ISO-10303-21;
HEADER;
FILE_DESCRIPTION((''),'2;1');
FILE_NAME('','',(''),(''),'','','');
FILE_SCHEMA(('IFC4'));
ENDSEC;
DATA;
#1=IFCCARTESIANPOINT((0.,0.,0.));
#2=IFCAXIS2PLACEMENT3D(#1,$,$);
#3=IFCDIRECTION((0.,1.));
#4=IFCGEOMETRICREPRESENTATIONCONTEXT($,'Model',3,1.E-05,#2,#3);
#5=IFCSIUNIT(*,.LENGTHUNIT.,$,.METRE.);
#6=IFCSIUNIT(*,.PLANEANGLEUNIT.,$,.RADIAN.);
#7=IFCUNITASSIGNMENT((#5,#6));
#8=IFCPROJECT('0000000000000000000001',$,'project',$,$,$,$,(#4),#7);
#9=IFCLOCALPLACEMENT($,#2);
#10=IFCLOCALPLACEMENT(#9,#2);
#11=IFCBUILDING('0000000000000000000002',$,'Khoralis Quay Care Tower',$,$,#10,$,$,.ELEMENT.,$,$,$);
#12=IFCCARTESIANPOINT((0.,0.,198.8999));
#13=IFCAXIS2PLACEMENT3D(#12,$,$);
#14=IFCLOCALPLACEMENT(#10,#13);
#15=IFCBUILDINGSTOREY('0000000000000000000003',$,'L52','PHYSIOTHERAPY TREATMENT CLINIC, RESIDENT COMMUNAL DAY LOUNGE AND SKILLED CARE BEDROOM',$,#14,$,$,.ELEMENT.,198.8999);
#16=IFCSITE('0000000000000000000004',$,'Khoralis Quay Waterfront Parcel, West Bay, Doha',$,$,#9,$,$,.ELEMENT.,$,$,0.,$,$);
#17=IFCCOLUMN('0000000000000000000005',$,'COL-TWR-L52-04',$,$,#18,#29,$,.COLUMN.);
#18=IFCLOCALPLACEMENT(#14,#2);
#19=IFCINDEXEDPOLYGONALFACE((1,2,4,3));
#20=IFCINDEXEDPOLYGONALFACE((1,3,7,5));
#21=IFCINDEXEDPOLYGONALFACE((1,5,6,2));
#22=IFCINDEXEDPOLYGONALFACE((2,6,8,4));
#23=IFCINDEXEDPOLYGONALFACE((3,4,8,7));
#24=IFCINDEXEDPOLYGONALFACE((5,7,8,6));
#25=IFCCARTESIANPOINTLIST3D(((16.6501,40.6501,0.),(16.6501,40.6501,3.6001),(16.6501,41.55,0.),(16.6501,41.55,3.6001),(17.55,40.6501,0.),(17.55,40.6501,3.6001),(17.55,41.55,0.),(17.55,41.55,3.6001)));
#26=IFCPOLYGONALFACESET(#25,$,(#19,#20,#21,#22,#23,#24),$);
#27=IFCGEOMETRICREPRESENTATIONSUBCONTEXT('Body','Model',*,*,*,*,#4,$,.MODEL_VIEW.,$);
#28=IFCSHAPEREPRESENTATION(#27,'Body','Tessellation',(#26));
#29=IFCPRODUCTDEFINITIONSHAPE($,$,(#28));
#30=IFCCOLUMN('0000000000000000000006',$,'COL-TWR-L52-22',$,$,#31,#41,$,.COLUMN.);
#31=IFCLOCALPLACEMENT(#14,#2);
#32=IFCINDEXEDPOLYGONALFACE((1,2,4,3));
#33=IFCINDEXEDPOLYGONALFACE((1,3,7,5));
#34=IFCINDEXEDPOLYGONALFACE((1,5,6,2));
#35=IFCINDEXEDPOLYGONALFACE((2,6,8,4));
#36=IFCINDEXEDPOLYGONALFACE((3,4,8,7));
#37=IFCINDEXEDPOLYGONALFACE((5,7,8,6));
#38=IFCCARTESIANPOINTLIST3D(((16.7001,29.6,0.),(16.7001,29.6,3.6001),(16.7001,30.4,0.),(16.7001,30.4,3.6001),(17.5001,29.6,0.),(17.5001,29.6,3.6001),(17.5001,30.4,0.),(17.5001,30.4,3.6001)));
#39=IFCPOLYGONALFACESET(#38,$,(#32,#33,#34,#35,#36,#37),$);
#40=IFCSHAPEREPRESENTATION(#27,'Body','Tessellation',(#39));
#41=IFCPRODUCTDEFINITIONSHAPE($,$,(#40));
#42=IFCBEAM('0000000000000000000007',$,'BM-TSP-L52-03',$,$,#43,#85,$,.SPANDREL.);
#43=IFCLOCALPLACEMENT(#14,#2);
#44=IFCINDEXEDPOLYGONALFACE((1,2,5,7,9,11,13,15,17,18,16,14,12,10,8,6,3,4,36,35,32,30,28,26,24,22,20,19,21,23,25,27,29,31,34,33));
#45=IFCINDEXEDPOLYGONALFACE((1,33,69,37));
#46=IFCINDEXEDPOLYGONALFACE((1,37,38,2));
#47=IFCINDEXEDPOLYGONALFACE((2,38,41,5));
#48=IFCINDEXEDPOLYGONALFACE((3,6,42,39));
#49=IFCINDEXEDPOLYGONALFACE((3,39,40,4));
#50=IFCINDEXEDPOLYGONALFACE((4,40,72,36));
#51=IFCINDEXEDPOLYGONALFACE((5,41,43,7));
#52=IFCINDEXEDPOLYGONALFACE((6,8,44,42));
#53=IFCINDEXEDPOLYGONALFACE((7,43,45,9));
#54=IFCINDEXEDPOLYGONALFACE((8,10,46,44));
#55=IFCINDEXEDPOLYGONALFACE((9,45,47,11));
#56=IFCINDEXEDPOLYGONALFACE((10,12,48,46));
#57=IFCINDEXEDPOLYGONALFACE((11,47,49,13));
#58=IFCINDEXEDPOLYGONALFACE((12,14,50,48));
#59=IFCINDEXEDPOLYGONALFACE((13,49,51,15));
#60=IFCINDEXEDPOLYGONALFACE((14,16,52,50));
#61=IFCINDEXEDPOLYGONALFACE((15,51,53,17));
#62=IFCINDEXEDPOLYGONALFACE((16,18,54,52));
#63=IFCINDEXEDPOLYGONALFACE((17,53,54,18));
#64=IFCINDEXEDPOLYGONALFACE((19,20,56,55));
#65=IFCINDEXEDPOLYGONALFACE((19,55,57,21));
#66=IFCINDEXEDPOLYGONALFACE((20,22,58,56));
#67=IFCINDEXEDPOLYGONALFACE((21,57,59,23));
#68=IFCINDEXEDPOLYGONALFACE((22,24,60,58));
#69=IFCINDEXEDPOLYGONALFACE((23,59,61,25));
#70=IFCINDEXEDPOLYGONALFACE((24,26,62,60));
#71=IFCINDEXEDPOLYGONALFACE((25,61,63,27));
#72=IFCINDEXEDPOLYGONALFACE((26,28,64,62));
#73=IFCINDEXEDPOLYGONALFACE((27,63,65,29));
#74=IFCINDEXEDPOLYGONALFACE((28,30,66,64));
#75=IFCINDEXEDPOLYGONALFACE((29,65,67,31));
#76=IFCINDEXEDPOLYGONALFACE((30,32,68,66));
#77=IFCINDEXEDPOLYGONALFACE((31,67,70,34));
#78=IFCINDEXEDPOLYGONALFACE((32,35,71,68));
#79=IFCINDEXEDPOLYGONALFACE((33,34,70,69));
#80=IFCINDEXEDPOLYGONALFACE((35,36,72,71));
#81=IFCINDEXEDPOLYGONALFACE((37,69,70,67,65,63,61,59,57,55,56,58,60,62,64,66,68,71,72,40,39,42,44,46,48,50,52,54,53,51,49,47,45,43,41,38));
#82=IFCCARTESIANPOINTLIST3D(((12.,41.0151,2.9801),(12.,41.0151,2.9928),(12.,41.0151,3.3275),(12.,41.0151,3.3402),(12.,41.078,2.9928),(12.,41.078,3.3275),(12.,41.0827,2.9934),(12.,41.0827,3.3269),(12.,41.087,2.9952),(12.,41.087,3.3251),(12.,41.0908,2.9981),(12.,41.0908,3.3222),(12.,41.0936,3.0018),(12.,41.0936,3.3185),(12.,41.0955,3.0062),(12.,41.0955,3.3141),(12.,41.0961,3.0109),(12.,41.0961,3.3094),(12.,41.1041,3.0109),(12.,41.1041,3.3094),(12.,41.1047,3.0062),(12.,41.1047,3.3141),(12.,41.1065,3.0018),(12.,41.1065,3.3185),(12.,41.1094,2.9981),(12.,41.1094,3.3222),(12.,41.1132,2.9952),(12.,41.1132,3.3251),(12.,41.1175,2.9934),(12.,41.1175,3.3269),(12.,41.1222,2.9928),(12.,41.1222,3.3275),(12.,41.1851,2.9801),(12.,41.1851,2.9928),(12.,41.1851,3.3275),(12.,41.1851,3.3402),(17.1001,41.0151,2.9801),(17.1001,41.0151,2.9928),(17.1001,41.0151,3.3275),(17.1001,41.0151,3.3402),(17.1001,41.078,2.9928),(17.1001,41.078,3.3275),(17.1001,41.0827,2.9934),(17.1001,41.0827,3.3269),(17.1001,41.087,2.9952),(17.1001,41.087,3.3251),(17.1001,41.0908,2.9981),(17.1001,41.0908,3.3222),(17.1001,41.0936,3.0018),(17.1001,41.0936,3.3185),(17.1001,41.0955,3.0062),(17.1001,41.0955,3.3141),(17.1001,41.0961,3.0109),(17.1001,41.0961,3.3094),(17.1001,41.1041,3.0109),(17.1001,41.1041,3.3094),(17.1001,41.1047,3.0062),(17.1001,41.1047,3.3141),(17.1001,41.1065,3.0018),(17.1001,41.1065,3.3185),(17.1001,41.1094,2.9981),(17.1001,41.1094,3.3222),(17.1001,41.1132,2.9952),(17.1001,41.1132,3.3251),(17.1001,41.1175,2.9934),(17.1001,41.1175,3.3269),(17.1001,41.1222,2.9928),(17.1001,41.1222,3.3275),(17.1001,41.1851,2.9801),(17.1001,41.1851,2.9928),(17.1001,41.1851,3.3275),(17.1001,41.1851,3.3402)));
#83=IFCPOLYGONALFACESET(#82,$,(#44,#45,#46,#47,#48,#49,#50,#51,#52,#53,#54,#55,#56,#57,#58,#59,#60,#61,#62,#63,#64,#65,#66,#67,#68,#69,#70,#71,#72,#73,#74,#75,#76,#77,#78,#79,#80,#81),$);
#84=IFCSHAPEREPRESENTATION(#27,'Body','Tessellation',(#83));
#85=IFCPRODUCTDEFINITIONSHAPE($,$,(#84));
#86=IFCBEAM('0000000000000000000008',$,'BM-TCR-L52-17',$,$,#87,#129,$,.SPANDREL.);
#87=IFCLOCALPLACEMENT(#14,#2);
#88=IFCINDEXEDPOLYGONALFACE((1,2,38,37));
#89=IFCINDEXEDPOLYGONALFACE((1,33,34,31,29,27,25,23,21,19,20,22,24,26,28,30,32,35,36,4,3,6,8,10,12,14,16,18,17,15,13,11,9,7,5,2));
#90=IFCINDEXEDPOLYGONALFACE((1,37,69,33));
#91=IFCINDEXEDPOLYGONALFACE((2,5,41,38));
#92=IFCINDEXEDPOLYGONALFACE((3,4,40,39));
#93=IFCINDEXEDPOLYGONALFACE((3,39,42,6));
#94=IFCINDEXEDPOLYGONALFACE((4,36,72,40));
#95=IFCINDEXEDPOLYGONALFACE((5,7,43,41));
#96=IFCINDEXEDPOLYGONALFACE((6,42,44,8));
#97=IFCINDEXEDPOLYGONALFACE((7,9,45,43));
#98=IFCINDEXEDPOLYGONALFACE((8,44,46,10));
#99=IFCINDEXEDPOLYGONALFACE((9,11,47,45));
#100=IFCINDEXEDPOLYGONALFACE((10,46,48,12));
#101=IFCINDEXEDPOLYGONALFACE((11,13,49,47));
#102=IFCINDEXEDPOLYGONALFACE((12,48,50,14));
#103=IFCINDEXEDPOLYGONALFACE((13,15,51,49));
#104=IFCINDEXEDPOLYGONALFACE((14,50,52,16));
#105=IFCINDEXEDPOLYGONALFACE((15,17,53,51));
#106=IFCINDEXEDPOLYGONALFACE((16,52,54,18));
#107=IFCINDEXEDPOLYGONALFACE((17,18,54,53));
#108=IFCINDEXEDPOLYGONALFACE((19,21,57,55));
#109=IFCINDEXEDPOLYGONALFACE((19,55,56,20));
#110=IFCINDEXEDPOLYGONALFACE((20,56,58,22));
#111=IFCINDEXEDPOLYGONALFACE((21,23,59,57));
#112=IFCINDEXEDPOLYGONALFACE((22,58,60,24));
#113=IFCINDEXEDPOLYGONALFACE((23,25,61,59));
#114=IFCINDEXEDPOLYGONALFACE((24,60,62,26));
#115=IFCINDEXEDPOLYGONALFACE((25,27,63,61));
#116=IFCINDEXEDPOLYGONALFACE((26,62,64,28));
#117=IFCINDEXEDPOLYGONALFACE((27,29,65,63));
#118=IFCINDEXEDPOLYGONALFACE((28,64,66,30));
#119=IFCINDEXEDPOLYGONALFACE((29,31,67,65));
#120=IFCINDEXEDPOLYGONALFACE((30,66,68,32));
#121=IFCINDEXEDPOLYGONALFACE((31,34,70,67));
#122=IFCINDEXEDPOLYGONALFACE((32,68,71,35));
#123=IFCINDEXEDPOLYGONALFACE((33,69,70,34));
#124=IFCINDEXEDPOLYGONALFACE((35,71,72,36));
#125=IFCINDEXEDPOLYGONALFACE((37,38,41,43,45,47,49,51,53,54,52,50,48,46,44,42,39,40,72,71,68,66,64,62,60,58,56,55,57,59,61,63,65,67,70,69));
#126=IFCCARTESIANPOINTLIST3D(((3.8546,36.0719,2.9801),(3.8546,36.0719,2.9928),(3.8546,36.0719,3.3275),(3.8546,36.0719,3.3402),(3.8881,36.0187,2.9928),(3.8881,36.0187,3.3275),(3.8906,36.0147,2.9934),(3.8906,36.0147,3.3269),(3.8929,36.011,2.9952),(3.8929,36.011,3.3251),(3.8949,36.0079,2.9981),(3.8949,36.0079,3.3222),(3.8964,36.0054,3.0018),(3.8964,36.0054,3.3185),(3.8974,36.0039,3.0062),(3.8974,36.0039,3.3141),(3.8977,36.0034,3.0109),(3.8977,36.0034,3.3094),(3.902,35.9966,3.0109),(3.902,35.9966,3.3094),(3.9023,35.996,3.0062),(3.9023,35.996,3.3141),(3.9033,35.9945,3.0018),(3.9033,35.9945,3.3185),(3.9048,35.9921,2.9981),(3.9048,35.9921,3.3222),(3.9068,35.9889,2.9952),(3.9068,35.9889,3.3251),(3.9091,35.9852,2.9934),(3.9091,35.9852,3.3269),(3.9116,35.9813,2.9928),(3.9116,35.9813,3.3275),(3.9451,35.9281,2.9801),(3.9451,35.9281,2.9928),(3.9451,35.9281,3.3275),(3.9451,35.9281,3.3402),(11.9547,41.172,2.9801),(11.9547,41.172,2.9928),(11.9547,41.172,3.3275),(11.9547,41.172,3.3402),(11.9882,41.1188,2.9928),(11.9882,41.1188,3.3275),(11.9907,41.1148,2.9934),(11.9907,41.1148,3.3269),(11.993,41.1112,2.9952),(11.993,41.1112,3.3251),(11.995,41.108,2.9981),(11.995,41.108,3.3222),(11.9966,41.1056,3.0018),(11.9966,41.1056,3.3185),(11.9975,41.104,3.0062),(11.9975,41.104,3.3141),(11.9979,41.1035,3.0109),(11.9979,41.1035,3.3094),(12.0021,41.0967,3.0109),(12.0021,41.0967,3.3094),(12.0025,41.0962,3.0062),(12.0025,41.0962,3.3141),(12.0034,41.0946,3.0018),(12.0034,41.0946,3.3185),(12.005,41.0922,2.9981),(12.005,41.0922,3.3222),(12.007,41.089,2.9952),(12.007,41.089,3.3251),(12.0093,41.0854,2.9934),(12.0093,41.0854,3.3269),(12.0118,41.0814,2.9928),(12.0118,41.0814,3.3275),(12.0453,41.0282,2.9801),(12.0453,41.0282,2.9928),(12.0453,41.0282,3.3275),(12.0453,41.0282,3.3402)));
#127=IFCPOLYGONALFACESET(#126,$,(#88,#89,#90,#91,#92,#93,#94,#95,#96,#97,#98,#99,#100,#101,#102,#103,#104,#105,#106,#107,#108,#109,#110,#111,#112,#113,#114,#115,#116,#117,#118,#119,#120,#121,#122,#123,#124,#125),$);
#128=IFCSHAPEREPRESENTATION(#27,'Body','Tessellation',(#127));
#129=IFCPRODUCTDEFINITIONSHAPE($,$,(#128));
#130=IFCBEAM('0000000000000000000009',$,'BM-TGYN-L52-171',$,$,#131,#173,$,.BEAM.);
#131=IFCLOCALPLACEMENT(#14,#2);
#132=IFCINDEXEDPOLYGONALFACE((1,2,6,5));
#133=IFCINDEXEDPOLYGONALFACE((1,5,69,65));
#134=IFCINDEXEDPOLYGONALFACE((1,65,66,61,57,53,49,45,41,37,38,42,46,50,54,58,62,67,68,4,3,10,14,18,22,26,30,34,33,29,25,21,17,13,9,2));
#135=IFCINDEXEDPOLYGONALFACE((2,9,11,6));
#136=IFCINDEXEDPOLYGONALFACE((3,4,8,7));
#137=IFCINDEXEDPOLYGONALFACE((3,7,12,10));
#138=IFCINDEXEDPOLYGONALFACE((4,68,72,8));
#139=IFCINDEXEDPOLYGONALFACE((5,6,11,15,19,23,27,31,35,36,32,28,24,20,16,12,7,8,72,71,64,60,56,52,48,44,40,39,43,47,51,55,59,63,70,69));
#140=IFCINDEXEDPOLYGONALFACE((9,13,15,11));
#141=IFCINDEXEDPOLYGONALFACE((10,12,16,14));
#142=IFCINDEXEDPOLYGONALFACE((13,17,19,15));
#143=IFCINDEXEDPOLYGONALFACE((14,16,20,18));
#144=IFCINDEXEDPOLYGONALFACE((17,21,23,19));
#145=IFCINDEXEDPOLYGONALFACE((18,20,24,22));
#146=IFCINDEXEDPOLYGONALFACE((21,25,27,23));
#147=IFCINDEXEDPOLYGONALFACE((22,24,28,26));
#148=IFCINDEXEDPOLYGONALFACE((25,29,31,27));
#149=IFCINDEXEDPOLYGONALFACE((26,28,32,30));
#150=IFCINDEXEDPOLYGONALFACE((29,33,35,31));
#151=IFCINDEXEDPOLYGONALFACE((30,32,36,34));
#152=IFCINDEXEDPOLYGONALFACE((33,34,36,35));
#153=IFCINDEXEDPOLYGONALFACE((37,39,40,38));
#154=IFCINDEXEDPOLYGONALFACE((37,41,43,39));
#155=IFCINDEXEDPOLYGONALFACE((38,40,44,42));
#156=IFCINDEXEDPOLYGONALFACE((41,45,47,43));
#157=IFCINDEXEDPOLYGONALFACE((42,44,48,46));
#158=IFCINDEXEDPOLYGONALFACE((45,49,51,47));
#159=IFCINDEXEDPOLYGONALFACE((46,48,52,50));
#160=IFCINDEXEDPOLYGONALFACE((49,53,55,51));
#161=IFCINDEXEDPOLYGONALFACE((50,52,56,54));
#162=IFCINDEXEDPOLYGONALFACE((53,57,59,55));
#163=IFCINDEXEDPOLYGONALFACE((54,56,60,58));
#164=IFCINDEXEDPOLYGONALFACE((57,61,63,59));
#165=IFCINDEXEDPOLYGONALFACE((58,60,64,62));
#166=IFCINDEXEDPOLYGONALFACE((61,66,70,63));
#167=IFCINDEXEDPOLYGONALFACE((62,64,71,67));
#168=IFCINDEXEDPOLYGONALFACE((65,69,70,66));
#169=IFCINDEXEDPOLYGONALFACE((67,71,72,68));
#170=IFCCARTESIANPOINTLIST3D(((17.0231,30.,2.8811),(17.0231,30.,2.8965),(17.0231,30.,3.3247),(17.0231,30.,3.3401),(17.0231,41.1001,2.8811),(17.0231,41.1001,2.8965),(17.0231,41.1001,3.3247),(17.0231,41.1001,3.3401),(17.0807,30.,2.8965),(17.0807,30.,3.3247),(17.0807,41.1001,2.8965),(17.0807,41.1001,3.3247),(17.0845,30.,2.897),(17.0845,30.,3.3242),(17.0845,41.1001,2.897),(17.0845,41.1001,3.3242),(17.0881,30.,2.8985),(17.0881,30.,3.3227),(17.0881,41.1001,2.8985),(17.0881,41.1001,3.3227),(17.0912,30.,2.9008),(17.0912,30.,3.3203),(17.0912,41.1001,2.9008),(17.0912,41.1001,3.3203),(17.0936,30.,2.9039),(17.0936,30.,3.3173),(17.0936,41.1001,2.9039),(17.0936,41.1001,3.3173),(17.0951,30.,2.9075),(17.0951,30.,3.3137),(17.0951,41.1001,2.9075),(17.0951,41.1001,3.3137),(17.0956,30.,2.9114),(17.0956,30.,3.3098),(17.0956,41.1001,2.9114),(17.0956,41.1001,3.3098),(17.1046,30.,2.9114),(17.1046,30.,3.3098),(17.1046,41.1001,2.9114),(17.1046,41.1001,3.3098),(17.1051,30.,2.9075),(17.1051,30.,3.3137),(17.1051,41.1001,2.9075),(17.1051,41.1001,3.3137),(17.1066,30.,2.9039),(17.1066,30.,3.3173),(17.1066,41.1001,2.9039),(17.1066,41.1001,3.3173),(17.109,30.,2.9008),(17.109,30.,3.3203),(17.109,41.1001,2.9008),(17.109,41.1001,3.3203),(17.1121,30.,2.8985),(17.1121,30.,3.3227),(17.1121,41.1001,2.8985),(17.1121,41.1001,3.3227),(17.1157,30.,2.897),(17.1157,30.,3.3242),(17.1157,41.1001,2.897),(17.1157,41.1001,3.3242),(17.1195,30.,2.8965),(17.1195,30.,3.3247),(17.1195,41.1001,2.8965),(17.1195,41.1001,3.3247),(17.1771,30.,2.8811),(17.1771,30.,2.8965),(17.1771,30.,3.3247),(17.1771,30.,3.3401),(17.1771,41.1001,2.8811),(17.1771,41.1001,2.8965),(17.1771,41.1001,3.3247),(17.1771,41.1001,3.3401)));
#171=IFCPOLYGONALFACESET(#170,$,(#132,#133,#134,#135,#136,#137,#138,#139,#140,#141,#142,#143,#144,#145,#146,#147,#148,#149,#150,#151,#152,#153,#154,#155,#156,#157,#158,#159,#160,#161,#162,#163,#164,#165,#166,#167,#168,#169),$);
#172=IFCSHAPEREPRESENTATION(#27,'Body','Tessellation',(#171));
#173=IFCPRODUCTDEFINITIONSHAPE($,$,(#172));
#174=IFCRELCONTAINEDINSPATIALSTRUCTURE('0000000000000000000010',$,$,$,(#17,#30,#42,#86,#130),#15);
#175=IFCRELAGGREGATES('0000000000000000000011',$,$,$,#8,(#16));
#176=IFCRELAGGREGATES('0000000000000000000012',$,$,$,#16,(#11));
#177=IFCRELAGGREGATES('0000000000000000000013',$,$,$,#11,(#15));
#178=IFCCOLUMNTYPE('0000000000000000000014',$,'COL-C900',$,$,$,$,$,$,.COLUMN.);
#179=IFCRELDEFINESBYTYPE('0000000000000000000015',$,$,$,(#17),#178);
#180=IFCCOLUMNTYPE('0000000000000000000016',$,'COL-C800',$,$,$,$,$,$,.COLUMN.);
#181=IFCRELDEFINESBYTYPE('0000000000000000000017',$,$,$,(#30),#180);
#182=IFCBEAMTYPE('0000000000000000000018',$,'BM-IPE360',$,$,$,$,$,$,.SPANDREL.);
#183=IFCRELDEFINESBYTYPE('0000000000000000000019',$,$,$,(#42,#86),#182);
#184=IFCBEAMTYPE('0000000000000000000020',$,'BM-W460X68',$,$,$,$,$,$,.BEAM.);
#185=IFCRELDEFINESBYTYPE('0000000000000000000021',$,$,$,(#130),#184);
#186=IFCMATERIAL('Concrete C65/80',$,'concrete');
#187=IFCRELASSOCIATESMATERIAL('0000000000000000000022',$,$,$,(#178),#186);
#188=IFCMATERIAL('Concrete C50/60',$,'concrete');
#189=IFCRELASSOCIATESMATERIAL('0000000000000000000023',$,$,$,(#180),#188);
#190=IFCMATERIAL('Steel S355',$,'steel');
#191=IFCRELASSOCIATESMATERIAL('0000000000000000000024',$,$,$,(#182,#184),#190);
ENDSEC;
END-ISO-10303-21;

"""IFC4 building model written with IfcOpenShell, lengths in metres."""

from ifc_helpers import new_model, si_unit, direction, frame, origin, origin_2d, place, context, subcontext, project, spatial, rectangle, i_section, extrude, source, transform, mapped, material, material_profile, profile_set, type_object, element, save


model = new_model("IFC4")

# Units and contexts
model_context = context("Model", 3, precision=1e-05, world=origin(), true_north=direction((0.0, 1.0)))
body_context = subcontext(model_context, "Body", "Model", "MODEL_VIEW")
ifc_project = project(units=[si_unit("LENGTHUNIT", "METRE"), si_unit("PLANEANGLEUNIT", "RADIAN")], contexts=[model_context])

# Site, building, storey
site_placement = place(None, origin())
site = spatial("IfcSite", under=ifc_project, at=site_placement, Name="Khoralis Quay Waterfront Parcel, West Bay, Doha", CompositionType="ELEMENT", RefElevation=0.0)
building_placement = place(site_placement, origin())
building = spatial("IfcBuilding", under=site, at=building_placement, Name="Khoralis Quay Care Tower", CompositionType="ELEMENT")
storey_placement = place(building_placement, frame((0.0, 0.0, 198.8999)))
storey = spatial("IfcBuildingStorey", under=building, at=storey_placement, Name="L52", Description="PHYSIOTHERAPY TREATMENT CLINIC, RESIDENT COMMUNAL DAY LOUNGE AND SKILLED CARE BEDROOM", CompositionType="ELEMENT", Elevation=198.8999)

# Columns
ifc_material_1 = material(Name="Concrete C65/80", Category="concrete")
ifc_material_profile_1 = material_profile(ifc_material_1, rectangle(XDim=0.8999, YDim=0.8999, at=origin_2d()), Name="Concrete C65/80")
ifc_profile_set_1 = profile_set([ifc_material_profile_1], Name="Concrete C65/80")
column_type_1 = type_object("IfcColumnType", Name="COL-C900", PredefinedType="COLUMN", material=ifc_profile_set_1)
shared_shape_1 = source(origin(), body_context, "Body", "SweptSolid", [
    extrude(rectangle(XDim=0.8999, YDim=0.8999, at=origin_2d()), origin(), (0.0, 0.0, 1.0), 3.6001),
])
column_1_placement = place(storey_placement, frame((17.1001, 41.1001, 0.0), z_axis=(0.0, 0.0, 1.0), x_axis=(1.0, 0.0, 0.0)))
element("IfcColumn", 1, at=column_1_placement, inside=storey, type_object=column_type_1, Name="COL-TWR-L52-04", PredefinedType="COLUMN", context=body_context, shape_type="MappedRepresentation", body=[
    mapped(shared_shape_1, transform((0.0, 0.0, 0.0), scale=1.0)),
])
ifc_material_2 = material(Name="Concrete C50/60", Category="concrete")
ifc_material_profile_2 = material_profile(ifc_material_2, rectangle(XDim=0.8, YDim=0.8, at=origin_2d()), Name="Concrete C50/60")
ifc_profile_set_2 = profile_set([ifc_material_profile_2], Name="Concrete C50/60")
column_type_2 = type_object("IfcColumnType", Name="COL-C800", PredefinedType="COLUMN", material=ifc_profile_set_2)
shared_shape_2 = source(origin(), body_context, "Body", "SweptSolid", [
    extrude(rectangle(XDim=0.8, YDim=0.8, at=origin_2d()), origin(), (0.0, 0.0, 1.0), 3.6001),
])
column_2_placement = place(storey_placement, frame((17.1001, 30.0, 0.0), z_axis=(0.0, 0.0, 1.0), x_axis=(1.0, 0.0, 0.0)))
element("IfcColumn", 2, at=column_2_placement, inside=storey, type_object=column_type_2, Name="COL-TWR-L52-22", PredefinedType="COLUMN", context=body_context, shape_type="MappedRepresentation", body=[
    mapped(shared_shape_2, transform((0.0, 0.0, 0.0), scale=1.0)),
])

# Beams
ifc_material_3 = material(Name="Steel S355", Category="steel")
ifc_material_profile_3 = material_profile(ifc_material_3, i_section(OverallWidth=0.1699, OverallDepth=0.3601, WebThickness=0.0081, FlangeThickness=0.0127, FilletRadius=0.0181, at=origin_2d()), Name="Steel S355")
ifc_profile_set_3 = profile_set([ifc_material_profile_3], Name="Steel S355")
beam_type_1 = type_object("IfcBeamType", Name="BM-IPE360", PredefinedType="SPANDREL", material=ifc_profile_set_3)
shared_shape_3 = source(origin(), body_context, "Body", "SweptSolid", [
    extrude(i_section(OverallWidth=0.1699, OverallDepth=0.3601, WebThickness=0.0081, FlangeThickness=0.0127, FilletRadius=0.0181, at=origin_2d()), origin(), (0.0, 0.0, 1.0), 5.1001),
])
beam_1_placement = place(storey_placement, frame((12.0, 41.1001, 3.1602), z_axis=(1.0, 0.0, 0.0), x_axis=(0.0, 1.0, 0.0)))
element("IfcBeam", 3, at=beam_1_placement, inside=storey, type_object=beam_type_1, Name="BM-TSP-L52-03", PredefinedType="SPANDREL", context=body_context, shape_type="MappedRepresentation", body=[
    mapped(shared_shape_3, transform((0.0, 0.0, 0.0), scale=1.0)),
])
shared_shape_4 = source(origin(), body_context, "Body", "SweptSolid", [
    extrude(i_section(OverallWidth=0.1699, OverallDepth=0.3601, WebThickness=0.0081, FlangeThickness=0.0127, FilletRadius=0.0181, at=origin_2d()), origin(), (0.0, 0.0, 1.0), 9.572),
])
beam_2_placement = place(storey_placement, frame((12.0, 41.1001, 3.1602), z_axis=(-0.846231, -0.532816, 0.0), x_axis=(0.532816, -0.846231, 0.0)))
element("IfcBeam", 4, at=beam_2_placement, inside=storey, type_object=beam_type_1, Name="BM-TCR-L52-17", PredefinedType="SPANDREL", context=body_context, shape_type="MappedRepresentation", body=[
    mapped(shared_shape_4, transform((0.0, 0.0, 0.0), scale=1.0)),
])
ifc_material_profile_4 = material_profile(ifc_material_3, i_section(OverallWidth=0.1541, OverallDepth=0.459, WebThickness=0.009, FlangeThickness=0.0154, FilletRadius=0.0149, at=origin_2d()), Name="Steel S355")
ifc_profile_set_4 = profile_set([ifc_material_profile_4], Name="Steel S355")
beam_type_2 = type_object("IfcBeamType", Name="BM-W460X68", PredefinedType="BEAM", material=ifc_profile_set_4)
shared_shape_5 = source(origin(), body_context, "Body", "SweptSolid", [
    extrude(i_section(OverallWidth=0.1541, OverallDepth=0.459, WebThickness=0.009, FlangeThickness=0.0154, FilletRadius=0.0149, at=origin_2d()), origin(), (0.0, 0.0, 1.0), 11.1001),
])
beam_3_placement = place(storey_placement, frame((17.1001, 30.0, 3.1106), z_axis=(0.0, 1.0, 0.0), x_axis=(-1.0, 0.0, 0.0)))
element("IfcBeam", 5, at=beam_3_placement, inside=storey, type_object=beam_type_2, Name="BM-TGYN-L52-171", PredefinedType="BEAM", context=body_context, shape_type="MappedRepresentation", body=[
    mapped(shared_shape_5, transform((0.0, 0.0, 0.0), scale=1.0)),
])

save(model, "model.ifc")
